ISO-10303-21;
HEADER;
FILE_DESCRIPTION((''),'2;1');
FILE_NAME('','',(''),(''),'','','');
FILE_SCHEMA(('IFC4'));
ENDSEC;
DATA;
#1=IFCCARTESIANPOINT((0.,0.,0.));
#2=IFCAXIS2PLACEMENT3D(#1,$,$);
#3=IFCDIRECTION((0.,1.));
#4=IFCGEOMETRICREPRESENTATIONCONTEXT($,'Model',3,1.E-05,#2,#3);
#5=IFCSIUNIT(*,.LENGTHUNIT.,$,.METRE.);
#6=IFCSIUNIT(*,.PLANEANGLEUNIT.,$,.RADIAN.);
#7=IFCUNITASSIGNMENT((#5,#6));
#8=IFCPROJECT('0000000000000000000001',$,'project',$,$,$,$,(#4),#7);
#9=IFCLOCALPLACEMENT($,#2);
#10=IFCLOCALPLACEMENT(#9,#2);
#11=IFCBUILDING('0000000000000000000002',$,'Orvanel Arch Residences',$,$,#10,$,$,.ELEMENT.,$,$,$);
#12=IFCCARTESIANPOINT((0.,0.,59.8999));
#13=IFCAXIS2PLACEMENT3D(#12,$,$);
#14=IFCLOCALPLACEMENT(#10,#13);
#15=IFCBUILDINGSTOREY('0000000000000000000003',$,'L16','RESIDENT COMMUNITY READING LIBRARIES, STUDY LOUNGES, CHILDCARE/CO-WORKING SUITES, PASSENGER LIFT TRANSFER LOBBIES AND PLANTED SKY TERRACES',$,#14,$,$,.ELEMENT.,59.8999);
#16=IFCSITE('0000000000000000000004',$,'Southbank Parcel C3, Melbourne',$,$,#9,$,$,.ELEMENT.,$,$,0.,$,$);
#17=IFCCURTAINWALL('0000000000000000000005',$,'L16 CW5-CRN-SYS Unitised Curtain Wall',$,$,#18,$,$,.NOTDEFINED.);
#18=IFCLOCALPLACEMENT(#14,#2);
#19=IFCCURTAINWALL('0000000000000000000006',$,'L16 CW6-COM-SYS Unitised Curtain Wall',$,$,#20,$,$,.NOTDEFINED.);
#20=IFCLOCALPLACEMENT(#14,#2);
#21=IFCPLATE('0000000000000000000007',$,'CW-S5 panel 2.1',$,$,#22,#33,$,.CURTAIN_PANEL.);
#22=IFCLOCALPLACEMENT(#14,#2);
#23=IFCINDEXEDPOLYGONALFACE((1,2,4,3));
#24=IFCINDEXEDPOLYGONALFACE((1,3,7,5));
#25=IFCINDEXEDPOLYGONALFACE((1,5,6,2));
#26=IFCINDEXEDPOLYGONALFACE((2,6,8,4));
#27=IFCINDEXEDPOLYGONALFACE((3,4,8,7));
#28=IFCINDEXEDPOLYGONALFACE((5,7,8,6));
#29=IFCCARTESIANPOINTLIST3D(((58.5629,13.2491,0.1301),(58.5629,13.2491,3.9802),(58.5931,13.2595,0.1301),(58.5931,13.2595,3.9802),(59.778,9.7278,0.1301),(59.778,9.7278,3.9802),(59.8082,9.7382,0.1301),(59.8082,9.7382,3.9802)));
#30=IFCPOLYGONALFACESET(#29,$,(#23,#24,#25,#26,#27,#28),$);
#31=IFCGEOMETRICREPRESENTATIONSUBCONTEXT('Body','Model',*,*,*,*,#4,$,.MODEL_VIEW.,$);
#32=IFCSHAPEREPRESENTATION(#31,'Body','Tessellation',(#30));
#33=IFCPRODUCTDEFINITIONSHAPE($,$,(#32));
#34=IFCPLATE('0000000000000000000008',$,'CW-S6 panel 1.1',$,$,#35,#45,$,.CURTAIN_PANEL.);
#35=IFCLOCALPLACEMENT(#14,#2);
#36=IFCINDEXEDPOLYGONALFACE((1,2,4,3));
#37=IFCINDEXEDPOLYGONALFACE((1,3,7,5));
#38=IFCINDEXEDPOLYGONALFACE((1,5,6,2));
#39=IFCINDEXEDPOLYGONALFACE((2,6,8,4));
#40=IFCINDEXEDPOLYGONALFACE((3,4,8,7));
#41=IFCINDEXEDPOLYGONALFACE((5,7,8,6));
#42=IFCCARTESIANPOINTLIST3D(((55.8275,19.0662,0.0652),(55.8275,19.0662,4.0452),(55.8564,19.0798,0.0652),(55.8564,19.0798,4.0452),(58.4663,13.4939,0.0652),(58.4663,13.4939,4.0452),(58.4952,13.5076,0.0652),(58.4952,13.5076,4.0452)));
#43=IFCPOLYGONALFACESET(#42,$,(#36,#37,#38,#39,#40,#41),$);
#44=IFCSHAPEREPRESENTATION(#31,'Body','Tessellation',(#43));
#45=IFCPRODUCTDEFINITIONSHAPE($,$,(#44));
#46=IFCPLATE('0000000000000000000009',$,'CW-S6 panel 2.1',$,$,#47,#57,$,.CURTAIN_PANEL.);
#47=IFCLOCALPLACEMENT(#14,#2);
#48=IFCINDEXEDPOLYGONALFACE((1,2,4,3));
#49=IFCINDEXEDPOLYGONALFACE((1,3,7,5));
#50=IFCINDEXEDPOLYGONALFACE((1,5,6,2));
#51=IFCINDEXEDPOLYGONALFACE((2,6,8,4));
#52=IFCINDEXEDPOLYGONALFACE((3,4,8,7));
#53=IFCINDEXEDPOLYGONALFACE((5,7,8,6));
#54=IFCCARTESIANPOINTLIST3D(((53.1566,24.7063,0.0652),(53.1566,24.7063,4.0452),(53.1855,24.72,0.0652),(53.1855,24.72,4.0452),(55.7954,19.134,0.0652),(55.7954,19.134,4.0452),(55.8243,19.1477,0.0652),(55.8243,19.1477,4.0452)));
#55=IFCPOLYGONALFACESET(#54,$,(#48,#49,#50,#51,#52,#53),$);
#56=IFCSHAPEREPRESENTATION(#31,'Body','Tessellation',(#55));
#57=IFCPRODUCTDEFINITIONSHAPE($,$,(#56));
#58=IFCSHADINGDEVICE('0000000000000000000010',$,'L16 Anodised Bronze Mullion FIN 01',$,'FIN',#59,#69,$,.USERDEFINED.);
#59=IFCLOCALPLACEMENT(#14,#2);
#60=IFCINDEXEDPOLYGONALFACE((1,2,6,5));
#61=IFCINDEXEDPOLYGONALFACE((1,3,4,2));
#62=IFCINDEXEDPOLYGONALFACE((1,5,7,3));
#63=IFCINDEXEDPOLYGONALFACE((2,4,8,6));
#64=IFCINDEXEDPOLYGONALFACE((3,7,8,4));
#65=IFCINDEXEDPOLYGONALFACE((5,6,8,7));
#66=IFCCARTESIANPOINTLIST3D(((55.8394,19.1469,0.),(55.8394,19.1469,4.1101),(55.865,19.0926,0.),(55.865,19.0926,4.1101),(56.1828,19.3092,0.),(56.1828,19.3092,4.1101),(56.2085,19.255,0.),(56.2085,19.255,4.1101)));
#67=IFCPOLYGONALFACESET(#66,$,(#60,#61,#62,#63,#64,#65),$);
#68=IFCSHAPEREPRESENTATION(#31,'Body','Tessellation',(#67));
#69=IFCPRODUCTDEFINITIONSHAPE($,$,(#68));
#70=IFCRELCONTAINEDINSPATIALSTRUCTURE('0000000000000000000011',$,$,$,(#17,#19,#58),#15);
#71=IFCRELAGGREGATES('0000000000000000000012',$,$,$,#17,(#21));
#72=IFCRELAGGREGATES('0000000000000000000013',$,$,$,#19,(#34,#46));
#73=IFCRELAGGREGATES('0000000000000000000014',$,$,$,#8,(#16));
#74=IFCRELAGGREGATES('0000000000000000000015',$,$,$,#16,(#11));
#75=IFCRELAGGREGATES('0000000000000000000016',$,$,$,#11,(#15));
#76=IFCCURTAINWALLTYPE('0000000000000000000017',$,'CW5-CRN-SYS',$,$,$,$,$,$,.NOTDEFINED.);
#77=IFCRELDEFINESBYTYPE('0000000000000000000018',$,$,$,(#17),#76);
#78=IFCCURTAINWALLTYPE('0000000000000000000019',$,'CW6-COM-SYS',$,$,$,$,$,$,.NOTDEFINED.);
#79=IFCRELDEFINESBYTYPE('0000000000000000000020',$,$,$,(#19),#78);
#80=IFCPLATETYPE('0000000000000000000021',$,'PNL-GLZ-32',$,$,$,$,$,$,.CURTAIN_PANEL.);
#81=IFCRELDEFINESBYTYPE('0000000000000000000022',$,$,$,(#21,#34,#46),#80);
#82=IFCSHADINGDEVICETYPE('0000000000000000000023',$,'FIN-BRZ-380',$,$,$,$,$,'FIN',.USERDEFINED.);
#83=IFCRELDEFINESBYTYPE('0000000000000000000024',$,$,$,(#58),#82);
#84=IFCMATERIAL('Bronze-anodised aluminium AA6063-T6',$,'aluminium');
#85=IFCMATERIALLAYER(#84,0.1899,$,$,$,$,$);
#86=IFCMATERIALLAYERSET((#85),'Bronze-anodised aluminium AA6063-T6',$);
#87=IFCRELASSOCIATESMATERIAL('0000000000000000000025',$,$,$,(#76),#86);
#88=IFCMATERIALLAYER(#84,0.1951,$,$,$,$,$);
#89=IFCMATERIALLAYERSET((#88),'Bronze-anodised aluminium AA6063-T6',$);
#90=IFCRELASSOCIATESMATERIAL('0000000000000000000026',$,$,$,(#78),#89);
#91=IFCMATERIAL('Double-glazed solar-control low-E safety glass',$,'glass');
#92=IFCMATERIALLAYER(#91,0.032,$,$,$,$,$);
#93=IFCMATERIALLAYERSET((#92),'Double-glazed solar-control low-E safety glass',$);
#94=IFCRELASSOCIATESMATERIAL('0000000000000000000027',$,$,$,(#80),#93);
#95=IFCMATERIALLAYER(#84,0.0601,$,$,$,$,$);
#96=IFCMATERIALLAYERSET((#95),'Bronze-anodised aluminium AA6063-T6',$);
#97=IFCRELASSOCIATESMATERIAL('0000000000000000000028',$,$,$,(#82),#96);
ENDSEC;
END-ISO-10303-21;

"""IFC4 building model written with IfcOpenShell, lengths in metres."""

from ifc_helpers import new_model, si_unit, direction, frame, origin, origin_2d, place, context, subcontext, project, spatial, rectangle, extrude, material, layer, layer_set, type_object, element, aggregate, save


model = new_model("IFC4")

# Units and contexts
model_context = context("Model", 3, precision=1e-05, world=origin(), true_north=direction((0.0, 1.0)))
body_context = subcontext(model_context, "Body", "Model", "MODEL_VIEW")
ifc_project = project(units=[si_unit("LENGTHUNIT", "METRE"), si_unit("PLANEANGLEUNIT", "RADIAN")], contexts=[model_context])

# Site, building, storey
site_placement = place(None, origin())
site = spatial("IfcSite", under=ifc_project, at=site_placement, Name="Southbank Parcel C3, Melbourne", CompositionType="ELEMENT", RefElevation=0.0)
building_placement = place(site_placement, origin())
building = spatial("IfcBuilding", under=site, at=building_placement, Name="Orvanel Arch Residences", CompositionType="ELEMENT")
storey_placement = place(building_placement, frame((0.0, 0.0, 59.8999)))
storey = spatial("IfcBuildingStorey", under=building, at=storey_placement, Name="L16", Description="RESIDENT COMMUNITY READING LIBRARIES, STUDY LOUNGES, CHILDCARE/CO-WORKING SUITES, PASSENGER LIFT TRANSFER LOBBIES AND PLANTED SKY TERRACES", CompositionType="ELEMENT", Elevation=59.8999)

# Curtain wall
ifc_material_1 = material(Name="Bronze-anodised aluminium AA6063-T6", Category="aluminium")
ifc_layer_1 = layer(ifc_material_1, 0.1899)
ifc_layer_set_1 = layer_set([ifc_layer_1], Name="Bronze-anodised aluminium AA6063-T6")
curtain_wall_type_1 = type_object("IfcCurtainWallType", Name="CW5-CRN-SYS", PredefinedType="NOTDEFINED", material=ifc_layer_set_1)
curtain_wall_1_placement = place(storey_placement, origin())
curtain_wall_1 = element("IfcCurtainWall", 1, at=curtain_wall_1_placement, inside=storey, type_object=curtain_wall_type_1, Name="L16 CW5-CRN-SYS Unitised Curtain Wall", PredefinedType="NOTDEFINED")

# Curtain wall
ifc_layer_2 = layer(ifc_material_1, 0.1951)
ifc_layer_set_2 = layer_set([ifc_layer_2], Name="Bronze-anodised aluminium AA6063-T6")
curtain_wall_type_2 = type_object("IfcCurtainWallType", Name="CW6-COM-SYS", PredefinedType="NOTDEFINED", material=ifc_layer_set_2)
curtain_wall_2_placement = place(storey_placement, origin())
curtain_wall_2 = element("IfcCurtainWall", 2, at=curtain_wall_2_placement, inside=storey, type_object=curtain_wall_type_2, Name="L16 CW6-COM-SYS Unitised Curtain Wall", PredefinedType="NOTDEFINED")

# Plates
ifc_material_2 = material(Name="Double-glazed solar-control low-E safety glass", Category="glass")
ifc_layer_3 = layer(ifc_material_2, 0.032)
ifc_layer_set_3 = layer_set([ifc_layer_3], Name="Double-glazed solar-control low-E safety glass")
plate_type_1 = type_object("IfcPlateType", Name="PNL-GLZ-32", PredefinedType="CURTAIN_PANEL", material=ifc_layer_set_3)
plate_1_placement = place(storey_placement, frame((59.1855, 11.4937, 0.1301), z_axis=(0.0, 0.0, 1.0), x_axis=(-0.326197, 0.945302, 0.0)))
plate_1 = element("IfcPlate", 3, at=plate_1_placement, type_object=plate_type_1, Name="CW-S5 panel 2.1", PredefinedType="CURTAIN_PANEL", context=body_context, shape_type="SweptSolid", body=[
    extrude(rectangle(XDim=3.7251, YDim=0.032, at=origin_2d()), origin(), (0.0, 0.0, 1.0), 3.8501),
])
aggregate(curtain_wall_1, [plate_1])
plate_2_placement = place(storey_placement, frame((57.1614, 16.2869, 0.0652), z_axis=(0.0, 0.0, 1.0), x_axis=(-0.427997, 0.90378, 0.0)))
plate_2 = element("IfcPlate", 4, at=plate_2_placement, type_object=plate_type_1, Name="CW-S6 panel 1.1", PredefinedType="CURTAIN_PANEL", context=body_context, shape_type="SweptSolid", body=[
    extrude(rectangle(XDim=6.1655, YDim=0.032, at=origin_2d()), origin(), (0.0, 0.0, 1.0), 3.98),
])
plate_3_placement = place(storey_placement, frame((54.4905, 21.927, 0.0652), z_axis=(0.0, 0.0, 1.0), x_axis=(-0.427997, 0.90378, 0.0)))
plate_3 = element("IfcPlate", 5, at=plate_3_placement, type_object=plate_type_1, Name="CW-S6 panel 2.1", PredefinedType="CURTAIN_PANEL", context=body_context, shape_type="SweptSolid", body=[
    extrude(rectangle(XDim=6.1655, YDim=0.032, at=origin_2d()), origin(), (0.0, 0.0, 1.0), 3.98),
])
aggregate(curtain_wall_2, [plate_2, plate_3])

# Shading device
ifc_layer_4 = layer(ifc_material_1, 0.0601)
ifc_layer_set_4 = layer_set([ifc_layer_4], Name="Bronze-anodised aluminium AA6063-T6")
shading_device_type = type_object("IfcShadingDeviceType", Name="FIN-BRZ-380", ElementType="FIN", PredefinedType="USERDEFINED", material=ifc_layer_set_4)
shading_device_placement = place(storey_placement, frame((56.0239, 19.2009, 0.0), z_axis=(0.0, 0.0, 1.0), x_axis=(0.904083, 0.427358, 0.0)))
element("IfcShadingDevice", 6, at=shading_device_placement, inside=storey, type_object=shading_device_type, Name="L16 Anodised Bronze Mullion FIN 01", ObjectType="FIN", PredefinedType="USERDEFINED", context=body_context, shape_type="SweptSolid", body=[
    extrude(rectangle(XDim=0.3799, YDim=0.0601, at=origin_2d()), origin(), (0.0, 0.0, 1.0), 4.1101),
])

save(model, "model.ifc")
